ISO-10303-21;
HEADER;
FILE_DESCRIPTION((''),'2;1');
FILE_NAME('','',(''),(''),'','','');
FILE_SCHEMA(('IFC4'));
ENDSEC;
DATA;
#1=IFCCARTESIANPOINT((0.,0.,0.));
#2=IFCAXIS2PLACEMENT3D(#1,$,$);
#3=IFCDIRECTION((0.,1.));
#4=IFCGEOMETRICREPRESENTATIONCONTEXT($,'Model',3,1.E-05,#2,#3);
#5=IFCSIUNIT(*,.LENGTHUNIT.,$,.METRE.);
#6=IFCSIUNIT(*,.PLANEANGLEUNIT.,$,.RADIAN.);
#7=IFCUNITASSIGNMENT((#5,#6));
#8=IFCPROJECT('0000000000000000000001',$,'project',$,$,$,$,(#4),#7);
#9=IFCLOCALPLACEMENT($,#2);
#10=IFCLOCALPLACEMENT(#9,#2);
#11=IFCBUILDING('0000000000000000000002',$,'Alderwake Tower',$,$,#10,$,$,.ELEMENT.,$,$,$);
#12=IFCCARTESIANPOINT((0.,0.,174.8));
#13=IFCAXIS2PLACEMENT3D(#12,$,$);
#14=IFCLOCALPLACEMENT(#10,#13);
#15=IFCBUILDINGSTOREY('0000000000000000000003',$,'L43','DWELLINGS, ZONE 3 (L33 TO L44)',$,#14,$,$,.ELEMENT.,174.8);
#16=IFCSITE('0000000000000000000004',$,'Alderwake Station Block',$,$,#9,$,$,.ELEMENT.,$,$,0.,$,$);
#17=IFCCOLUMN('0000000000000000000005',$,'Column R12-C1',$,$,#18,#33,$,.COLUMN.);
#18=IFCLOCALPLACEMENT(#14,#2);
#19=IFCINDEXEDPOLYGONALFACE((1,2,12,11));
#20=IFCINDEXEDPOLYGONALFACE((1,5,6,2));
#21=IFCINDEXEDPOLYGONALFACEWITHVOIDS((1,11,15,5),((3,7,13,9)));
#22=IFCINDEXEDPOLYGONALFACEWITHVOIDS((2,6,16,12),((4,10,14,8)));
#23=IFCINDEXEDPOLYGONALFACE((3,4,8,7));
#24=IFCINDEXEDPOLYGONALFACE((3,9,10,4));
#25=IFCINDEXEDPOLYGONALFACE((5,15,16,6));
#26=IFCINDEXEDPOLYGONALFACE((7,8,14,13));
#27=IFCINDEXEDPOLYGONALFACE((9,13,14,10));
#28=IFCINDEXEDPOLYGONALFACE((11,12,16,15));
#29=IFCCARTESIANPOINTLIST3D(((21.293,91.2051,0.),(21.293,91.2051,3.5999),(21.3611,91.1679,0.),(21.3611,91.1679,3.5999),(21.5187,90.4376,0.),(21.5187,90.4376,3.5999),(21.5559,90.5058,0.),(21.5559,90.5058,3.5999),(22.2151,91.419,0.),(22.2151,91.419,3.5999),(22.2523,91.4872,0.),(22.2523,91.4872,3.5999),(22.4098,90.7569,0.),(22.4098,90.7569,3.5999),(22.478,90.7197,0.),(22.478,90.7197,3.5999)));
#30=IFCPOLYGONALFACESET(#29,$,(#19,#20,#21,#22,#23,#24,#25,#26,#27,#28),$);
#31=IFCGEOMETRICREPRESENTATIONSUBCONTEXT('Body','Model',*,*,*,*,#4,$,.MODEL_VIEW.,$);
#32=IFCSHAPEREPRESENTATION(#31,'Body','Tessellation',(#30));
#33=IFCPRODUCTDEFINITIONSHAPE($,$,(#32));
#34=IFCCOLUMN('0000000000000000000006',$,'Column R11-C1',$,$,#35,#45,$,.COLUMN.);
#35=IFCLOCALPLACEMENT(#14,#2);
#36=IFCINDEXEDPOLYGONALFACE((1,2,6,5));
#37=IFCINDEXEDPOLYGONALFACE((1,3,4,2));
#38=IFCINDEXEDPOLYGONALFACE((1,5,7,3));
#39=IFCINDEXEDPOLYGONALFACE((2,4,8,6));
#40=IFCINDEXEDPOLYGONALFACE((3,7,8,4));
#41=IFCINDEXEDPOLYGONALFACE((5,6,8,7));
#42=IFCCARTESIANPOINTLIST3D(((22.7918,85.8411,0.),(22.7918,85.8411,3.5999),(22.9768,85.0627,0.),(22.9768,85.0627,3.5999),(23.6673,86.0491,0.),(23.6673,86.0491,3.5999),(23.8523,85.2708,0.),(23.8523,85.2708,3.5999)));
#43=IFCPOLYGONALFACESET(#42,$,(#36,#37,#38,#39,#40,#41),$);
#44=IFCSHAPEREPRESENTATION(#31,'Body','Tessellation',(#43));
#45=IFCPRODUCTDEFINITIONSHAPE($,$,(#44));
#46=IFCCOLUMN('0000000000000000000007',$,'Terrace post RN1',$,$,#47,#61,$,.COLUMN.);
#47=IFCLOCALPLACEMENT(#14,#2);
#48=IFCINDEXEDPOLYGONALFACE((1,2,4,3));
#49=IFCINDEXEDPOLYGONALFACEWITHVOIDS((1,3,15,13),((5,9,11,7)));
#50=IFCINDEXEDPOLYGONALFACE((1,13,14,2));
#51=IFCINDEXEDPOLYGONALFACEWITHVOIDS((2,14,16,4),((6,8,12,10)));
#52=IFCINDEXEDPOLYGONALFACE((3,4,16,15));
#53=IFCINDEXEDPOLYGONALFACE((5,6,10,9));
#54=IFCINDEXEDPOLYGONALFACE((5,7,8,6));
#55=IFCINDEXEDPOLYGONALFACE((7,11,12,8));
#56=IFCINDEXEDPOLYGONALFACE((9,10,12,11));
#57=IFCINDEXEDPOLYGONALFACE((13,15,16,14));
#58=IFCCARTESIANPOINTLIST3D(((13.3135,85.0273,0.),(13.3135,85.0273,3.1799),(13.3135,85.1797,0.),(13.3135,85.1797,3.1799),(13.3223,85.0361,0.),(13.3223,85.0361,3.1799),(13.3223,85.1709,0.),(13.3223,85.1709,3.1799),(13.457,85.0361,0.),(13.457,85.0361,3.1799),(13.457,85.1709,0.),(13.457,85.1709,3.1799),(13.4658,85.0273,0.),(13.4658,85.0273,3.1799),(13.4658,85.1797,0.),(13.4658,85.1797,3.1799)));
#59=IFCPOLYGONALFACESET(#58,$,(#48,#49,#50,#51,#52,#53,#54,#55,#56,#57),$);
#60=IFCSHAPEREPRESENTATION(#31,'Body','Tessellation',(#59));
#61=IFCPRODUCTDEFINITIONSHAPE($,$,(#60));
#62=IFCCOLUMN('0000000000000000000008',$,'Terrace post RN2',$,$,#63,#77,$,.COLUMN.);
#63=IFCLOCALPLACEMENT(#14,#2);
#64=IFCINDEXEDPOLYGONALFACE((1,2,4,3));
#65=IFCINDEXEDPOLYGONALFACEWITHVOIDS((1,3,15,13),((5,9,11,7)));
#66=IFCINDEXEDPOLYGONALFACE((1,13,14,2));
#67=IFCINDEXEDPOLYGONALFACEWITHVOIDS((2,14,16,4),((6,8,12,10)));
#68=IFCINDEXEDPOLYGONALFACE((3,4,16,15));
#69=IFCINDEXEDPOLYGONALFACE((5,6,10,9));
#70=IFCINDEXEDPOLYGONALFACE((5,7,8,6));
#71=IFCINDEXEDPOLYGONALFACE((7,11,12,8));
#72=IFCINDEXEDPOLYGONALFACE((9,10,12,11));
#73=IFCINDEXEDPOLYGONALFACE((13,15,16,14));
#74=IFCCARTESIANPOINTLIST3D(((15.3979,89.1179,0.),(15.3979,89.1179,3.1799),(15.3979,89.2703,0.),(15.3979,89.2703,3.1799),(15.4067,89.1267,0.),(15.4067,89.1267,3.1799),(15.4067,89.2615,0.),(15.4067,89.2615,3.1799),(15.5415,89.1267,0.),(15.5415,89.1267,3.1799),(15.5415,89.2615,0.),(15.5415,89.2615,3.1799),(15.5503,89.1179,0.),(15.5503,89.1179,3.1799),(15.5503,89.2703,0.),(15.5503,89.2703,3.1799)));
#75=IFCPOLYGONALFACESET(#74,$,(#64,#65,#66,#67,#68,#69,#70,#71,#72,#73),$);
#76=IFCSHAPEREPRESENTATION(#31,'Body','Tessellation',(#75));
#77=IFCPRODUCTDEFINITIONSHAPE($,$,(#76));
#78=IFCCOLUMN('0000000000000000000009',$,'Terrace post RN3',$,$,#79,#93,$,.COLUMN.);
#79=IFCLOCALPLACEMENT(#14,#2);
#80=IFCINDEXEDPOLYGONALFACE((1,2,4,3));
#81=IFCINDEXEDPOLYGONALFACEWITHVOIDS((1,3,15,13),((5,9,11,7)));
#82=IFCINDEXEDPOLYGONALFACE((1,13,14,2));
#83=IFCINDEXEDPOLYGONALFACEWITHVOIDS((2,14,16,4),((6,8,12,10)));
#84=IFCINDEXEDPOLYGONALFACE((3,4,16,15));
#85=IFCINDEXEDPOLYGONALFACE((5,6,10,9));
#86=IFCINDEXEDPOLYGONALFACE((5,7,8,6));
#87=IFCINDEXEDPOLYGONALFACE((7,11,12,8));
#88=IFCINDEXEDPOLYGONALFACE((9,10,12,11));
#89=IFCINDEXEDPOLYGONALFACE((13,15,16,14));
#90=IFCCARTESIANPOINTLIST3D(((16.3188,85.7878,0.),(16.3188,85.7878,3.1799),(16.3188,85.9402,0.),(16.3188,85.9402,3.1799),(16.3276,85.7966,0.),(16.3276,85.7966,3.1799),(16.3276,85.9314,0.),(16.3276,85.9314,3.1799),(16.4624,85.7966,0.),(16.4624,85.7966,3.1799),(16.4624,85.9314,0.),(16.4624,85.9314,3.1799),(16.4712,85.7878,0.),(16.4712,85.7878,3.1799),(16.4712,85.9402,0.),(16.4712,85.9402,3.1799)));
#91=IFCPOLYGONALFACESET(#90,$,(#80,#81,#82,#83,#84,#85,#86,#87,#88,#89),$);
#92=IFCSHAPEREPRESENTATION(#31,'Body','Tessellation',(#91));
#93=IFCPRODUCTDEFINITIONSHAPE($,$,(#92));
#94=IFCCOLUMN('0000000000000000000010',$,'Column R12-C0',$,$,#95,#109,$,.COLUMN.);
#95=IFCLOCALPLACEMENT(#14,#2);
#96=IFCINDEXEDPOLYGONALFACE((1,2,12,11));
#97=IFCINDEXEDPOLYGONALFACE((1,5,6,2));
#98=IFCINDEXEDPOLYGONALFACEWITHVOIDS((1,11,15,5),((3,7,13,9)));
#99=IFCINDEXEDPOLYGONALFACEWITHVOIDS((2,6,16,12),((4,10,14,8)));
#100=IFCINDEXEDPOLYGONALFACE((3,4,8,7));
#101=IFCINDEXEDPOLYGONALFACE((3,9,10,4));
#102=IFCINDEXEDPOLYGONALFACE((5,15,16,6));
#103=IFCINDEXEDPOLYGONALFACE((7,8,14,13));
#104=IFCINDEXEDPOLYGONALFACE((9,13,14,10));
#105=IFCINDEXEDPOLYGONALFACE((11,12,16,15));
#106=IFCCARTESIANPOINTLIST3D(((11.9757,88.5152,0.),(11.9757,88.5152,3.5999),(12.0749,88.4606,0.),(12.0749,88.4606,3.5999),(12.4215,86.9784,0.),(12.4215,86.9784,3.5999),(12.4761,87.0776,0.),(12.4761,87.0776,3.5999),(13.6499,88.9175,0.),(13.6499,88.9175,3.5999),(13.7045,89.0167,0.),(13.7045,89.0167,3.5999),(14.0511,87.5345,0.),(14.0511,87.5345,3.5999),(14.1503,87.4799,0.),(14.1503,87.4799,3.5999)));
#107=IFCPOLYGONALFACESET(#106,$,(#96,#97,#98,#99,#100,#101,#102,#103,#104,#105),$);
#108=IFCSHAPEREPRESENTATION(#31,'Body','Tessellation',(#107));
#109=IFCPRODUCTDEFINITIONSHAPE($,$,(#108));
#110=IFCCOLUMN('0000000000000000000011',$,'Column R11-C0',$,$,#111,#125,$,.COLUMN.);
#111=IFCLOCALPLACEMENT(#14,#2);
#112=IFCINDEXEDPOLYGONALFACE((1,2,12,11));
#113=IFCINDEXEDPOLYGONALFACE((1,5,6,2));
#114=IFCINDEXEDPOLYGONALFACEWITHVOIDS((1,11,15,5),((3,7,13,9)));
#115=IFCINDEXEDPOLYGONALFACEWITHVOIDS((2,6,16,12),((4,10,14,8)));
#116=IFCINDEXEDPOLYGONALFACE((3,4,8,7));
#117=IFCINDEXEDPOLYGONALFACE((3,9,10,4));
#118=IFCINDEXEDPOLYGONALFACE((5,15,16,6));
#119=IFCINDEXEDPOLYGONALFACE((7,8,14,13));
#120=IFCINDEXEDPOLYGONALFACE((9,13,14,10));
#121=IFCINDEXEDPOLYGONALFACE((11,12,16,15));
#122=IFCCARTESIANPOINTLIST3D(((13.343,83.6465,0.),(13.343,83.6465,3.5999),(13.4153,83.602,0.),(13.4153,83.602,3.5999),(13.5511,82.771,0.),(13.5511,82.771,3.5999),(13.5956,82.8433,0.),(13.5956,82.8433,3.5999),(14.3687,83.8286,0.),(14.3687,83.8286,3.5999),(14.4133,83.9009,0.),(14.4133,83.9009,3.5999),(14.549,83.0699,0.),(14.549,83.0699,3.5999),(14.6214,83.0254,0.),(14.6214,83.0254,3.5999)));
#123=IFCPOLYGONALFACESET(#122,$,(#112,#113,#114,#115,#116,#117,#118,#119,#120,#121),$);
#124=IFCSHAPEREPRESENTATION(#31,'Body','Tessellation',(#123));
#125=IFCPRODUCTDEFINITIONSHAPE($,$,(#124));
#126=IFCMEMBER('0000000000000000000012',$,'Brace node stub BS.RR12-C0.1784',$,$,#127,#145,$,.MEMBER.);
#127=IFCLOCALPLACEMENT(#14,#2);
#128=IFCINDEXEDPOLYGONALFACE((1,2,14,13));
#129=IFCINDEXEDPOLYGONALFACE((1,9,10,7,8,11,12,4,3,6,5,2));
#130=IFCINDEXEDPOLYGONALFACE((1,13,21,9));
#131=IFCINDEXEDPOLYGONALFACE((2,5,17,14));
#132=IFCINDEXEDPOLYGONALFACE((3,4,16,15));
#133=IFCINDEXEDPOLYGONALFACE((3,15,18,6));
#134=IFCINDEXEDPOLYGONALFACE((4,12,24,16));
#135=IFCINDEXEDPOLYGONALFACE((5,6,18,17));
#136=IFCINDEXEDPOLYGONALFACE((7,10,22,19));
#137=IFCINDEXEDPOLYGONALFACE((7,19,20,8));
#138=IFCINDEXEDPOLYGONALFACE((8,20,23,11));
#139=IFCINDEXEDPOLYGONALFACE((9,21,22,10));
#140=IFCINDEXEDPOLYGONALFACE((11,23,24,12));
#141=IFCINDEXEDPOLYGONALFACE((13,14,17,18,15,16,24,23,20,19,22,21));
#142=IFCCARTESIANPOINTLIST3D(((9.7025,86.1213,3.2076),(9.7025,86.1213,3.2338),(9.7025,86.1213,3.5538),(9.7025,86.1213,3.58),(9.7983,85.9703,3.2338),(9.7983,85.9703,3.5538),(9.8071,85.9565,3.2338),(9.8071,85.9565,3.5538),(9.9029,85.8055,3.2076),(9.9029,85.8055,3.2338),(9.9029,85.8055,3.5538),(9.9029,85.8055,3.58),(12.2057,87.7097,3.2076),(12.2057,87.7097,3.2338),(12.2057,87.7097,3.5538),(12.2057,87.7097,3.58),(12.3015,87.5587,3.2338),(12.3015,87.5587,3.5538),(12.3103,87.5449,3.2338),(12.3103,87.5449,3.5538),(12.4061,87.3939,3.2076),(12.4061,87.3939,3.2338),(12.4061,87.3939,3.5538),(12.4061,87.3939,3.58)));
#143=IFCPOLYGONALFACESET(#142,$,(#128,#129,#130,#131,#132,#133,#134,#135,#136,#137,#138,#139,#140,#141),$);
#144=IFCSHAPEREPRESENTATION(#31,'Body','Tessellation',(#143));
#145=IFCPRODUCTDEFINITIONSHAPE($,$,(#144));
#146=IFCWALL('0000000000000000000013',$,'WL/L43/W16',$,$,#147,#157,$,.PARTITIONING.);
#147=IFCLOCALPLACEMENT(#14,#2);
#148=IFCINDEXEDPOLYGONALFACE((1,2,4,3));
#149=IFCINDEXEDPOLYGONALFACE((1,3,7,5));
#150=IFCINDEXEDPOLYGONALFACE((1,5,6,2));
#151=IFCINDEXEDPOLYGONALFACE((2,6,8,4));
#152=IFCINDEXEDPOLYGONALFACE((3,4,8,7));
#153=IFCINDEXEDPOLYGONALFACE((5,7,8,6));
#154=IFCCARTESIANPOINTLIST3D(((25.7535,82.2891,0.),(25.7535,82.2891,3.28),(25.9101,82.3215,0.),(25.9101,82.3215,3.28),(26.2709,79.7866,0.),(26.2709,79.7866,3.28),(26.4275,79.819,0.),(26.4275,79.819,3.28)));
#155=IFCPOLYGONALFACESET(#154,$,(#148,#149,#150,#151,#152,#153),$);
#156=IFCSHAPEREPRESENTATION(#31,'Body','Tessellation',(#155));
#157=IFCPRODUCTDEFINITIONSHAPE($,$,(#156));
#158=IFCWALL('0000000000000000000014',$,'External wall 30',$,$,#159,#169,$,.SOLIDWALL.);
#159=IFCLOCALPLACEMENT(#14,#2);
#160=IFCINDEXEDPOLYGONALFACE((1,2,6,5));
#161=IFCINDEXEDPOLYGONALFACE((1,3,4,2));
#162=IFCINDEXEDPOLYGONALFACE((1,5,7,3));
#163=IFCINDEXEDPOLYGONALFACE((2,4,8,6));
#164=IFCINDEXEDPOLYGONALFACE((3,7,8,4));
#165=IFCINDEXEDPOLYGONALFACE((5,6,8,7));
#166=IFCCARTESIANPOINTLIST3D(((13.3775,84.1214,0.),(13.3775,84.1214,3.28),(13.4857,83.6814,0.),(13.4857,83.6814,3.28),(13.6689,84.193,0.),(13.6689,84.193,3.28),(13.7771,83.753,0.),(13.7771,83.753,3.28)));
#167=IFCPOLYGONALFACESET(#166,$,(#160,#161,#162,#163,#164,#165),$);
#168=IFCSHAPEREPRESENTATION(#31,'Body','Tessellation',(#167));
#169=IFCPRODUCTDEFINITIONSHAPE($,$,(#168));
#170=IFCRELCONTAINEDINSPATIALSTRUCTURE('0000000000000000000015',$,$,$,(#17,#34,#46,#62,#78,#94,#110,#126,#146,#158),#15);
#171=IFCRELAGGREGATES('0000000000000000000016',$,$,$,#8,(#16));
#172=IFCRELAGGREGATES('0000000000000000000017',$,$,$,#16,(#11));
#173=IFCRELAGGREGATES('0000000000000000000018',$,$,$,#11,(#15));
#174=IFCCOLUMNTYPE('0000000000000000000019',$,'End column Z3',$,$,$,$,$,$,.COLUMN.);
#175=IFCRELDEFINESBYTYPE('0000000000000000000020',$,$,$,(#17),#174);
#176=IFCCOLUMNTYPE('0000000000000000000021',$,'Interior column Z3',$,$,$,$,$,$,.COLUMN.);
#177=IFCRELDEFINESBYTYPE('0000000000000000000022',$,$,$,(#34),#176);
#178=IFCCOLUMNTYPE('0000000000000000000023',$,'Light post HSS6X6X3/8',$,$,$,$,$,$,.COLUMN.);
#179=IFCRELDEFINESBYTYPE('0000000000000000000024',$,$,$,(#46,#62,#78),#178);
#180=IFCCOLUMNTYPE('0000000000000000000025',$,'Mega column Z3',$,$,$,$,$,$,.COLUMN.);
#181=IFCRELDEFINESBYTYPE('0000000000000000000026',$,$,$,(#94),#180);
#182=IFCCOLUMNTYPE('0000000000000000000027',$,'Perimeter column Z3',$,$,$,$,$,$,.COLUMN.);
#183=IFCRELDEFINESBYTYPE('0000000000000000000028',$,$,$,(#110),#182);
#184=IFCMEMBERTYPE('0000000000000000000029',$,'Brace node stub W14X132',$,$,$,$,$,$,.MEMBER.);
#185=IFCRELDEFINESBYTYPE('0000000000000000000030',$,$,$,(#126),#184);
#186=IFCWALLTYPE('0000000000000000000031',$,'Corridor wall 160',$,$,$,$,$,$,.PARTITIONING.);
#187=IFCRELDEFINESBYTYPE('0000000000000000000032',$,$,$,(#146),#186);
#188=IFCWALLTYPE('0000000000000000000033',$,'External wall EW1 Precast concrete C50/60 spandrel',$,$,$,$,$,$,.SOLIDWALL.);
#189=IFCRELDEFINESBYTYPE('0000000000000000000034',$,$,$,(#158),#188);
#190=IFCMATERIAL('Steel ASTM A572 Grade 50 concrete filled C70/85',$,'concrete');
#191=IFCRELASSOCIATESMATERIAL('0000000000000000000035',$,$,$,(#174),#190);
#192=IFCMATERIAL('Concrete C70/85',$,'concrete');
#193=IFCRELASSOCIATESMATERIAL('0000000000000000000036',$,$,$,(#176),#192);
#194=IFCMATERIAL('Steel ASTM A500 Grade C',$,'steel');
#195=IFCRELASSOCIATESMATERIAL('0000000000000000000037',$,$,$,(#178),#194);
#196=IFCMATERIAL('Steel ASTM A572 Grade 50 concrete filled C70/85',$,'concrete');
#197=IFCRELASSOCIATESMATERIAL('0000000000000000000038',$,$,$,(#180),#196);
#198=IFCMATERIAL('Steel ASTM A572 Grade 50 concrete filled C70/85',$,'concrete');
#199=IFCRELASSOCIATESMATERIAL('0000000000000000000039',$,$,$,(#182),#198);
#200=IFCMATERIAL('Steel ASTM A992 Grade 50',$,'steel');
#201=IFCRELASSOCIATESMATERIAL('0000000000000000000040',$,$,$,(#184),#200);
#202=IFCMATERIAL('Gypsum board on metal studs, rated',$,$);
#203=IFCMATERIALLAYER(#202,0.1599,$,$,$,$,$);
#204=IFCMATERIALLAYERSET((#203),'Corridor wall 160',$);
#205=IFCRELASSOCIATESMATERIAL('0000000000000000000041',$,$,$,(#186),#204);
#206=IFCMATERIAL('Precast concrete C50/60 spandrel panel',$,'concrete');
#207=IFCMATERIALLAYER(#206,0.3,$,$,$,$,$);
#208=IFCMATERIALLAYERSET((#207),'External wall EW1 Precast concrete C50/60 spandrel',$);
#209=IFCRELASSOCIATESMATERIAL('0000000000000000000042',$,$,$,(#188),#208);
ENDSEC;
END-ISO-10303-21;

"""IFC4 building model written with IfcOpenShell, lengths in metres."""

from ifc_helpers import new_model, si_unit, direction, frame, frame_2d, origin, origin_2d, place, context, subcontext, project, spatial, rectangle, hollow_rectangle, i_section, extrude, material, layer, layer_set, material_profile, profile_set, type_object, element, save


model = new_model("IFC4")

# Units and contexts
model_context = context("Model", 3, precision=1e-05, world=origin(), true_north=direction((0.0, 1.0)))
body_context = subcontext(model_context, "Body", "Model", "MODEL_VIEW")
ifc_project = project(units=[si_unit("LENGTHUNIT", "METRE"), si_unit("PLANEANGLEUNIT", "RADIAN")], contexts=[model_context])

# Site, building, storey
site_placement = place(None, origin())
site = spatial("IfcSite", under=ifc_project, at=site_placement, Name="Alderwake Station Block", CompositionType="ELEMENT", RefElevation=0.0)
building_placement = place(site_placement, origin())
building = spatial("IfcBuilding", under=site, at=building_placement, Name="Alderwake Tower", CompositionType="ELEMENT")
storey_placement = place(building_placement, frame((0.0, 0.0, 174.8)))
storey = spatial("IfcBuildingStorey", under=building, at=storey_placement, Name="L43", Description="DWELLINGS, ZONE 3 (L33 TO L44)", CompositionType="ELEMENT", Elevation=174.8)

# Columns
ifc_material_1 = material(Name="Steel ASTM A572 Grade 50 concrete filled C70/85", Category="concrete")
ifc_material_profile_1 = material_profile(ifc_material_1, hollow_rectangle(XDim=0.8, YDim=1.0, WallThickness=0.0549, at=origin_2d()), Name="BOX 1000X800X55")
ifc_profile_set_1 = profile_set([ifc_material_profile_1], Name="Steel ASTM A572 Grade 50 concrete filled C70/85")
column_type_1 = type_object("IfcColumnType", Name="End column Z3", PredefinedType="COLUMN", material=ifc_profile_set_1)
column_1_placement = place(storey_placement, frame((21.8855, 90.9624, 0.0), z_axis=(0.0, 0.0, 1.0), x_axis=(-0.282132, 0.959376, 0.0)))
element("IfcColumn", 1, at=column_1_placement, inside=storey, type_object=column_type_1, Name="Column R12-C1", PredefinedType="COLUMN", context=body_context, shape_type="SweptSolid", body=[
    extrude(hollow_rectangle(XDim=0.8, YDim=1.0, WallThickness=0.0549, at=origin_2d()), origin(), (0.0, 0.0, 1.0), 3.5999),
])
ifc_material_2 = material(Name="Concrete C70/85", Category="concrete")
ifc_material_profile_2 = material_profile(ifc_material_2, rectangle(XDim=0.8, YDim=0.8999, at=origin_2d()), Name="RC 900X800")
ifc_profile_set_2 = profile_set([ifc_material_profile_2], Name="Concrete C70/85")
column_type_2 = type_object("IfcColumnType", Name="Interior column Z3", PredefinedType="COLUMN", material=ifc_profile_set_2)
column_2_placement = place(storey_placement, frame((23.322, 85.5559, 0.0), z_axis=(0.0, 0.0, 1.0), x_axis=(-0.231222, 0.972901, 0.0)))
element("IfcColumn", 2, at=column_2_placement, inside=storey, type_object=column_type_2, Name="Column R11-C1", PredefinedType="COLUMN", context=body_context, shape_type="SweptSolid", body=[
    extrude(rectangle(XDim=0.8, YDim=0.8999, at=origin_2d()), origin(), (0.0, 0.0, 1.0), 3.5999),
])
ifc_material_3 = material(Name="Steel ASTM A500 Grade C", Category="steel")
ifc_material_profile_3 = material_profile(ifc_material_3, hollow_rectangle(XDim=0.1523, YDim=0.1523, WallThickness=0.0088, at=origin_2d()), Name="HSS6X6X3/8")
ifc_profile_set_3 = profile_set([ifc_material_profile_3], Name="Steel ASTM A500 Grade C")
column_type_3 = type_object("IfcColumnType", Name="Light post HSS6X6X3/8", PredefinedType="COLUMN", material=ifc_profile_set_3)
for number, where, z_axis, x_axis, name in (
    (3, (13.3896, 85.1035, 0.0), (0.0, 0.0, 1.0), (1.0, 0.0, 0.0), "Terrace post RN1"),
    (4, (15.4741, 89.1941, 0.0), (0.0, 0.0, 1.0), (1.0, 0.0, 0.0), "Terrace post RN2"),
    (5, (16.395, 85.864, 0.0), (0.0, 0.0, 1.0), (1.0, 0.0, 0.0), "Terrace post RN3"),
):
    element("IfcColumn", number, at=place(storey_placement, frame(where, z_axis=z_axis, x_axis=x_axis)), inside=storey, type_object=column_type_3, Name=name, PredefinedType="COLUMN", context=body_context, shape_type="SweptSolid", body=[
        extrude(hollow_rectangle(XDim=0.1523, YDim=0.1523, WallThickness=0.0088, at=origin_2d()), origin(), (0.0, 0.0, 1.0), 3.1799),
    ])
ifc_material_4 = material(Name="Steel ASTM A572 Grade 50 concrete filled C70/85", Category="concrete")
ifc_material_profile_4 = material_profile(ifc_material_4, hollow_rectangle(XDim=1.6001, YDim=1.8, WallThickness=0.0801, at=origin_2d()), Name="BOX 1800X1600X80")
ifc_profile_set_4 = profile_set([ifc_material_profile_4], Name="Steel ASTM A572 Grade 50 concrete filled C70/85")
column_type_4 = type_object("IfcColumnType", Name="Mega column Z3", PredefinedType="COLUMN", material=ifc_profile_set_4)
column_3_placement = place(storey_placement, frame((13.063, 87.9976, 0.0), z_axis=(0.0, 0.0, 1.0), x_axis=(-0.278612, 0.960404, 0.0)))
element("IfcColumn", 6, at=column_3_placement, inside=storey, type_object=column_type_4, Name="Column R12-C0", PredefinedType="COLUMN", context=body_context, shape_type="SweptSolid", body=[
    extrude(hollow_rectangle(XDim=1.6001, YDim=1.8, WallThickness=0.0801, at=origin_2d()), origin(), (0.0, 0.0, 1.0), 3.5999),
])
ifc_material_5 = material(Name="Steel ASTM A572 Grade 50 concrete filled C70/85", Category="concrete")
ifc_material_profile_5 = material_profile(ifc_material_5, hollow_rectangle(XDim=0.8999, YDim=1.1001, WallThickness=0.0601, at=origin_2d()), Name="BOX 1100X900X60")
ifc_profile_set_5 = profile_set([ifc_material_profile_5], Name="Steel ASTM A572 Grade 50 concrete filled C70/85")
column_type_5 = type_object("IfcColumnType", Name="Perimeter column Z3", PredefinedType="COLUMN", material=ifc_profile_set_5)
column_4_placement = place(storey_placement, frame((13.9822, 83.3359, 0.0), z_axis=(0.0, 0.0, 1.0), x_axis=(-0.231222, 0.972901, 0.0)))
element("IfcColumn", 7, at=column_4_placement, inside=storey, type_object=column_type_5, Name="Column R11-C0", PredefinedType="COLUMN", context=body_context, shape_type="SweptSolid", body=[
    extrude(hollow_rectangle(XDim=0.8999, YDim=1.1001, WallThickness=0.0601, at=origin_2d()), origin(), (0.0, 0.0, 1.0), 3.5999),
])

# Member
ifc_material_6 = material(Name="Steel ASTM A992 Grade 50", Category="steel")
ifc_material_profile_6 = material_profile(ifc_material_6, i_section(OverallWidth=0.374, OverallDepth=0.3723, WebThickness=0.0164, FlangeThickness=0.0261, at=origin_2d()), Name="W14X132")
ifc_profile_set_6 = profile_set([ifc_material_profile_6], Name="Steel ASTM A992 Grade 50")
member_type = type_object("IfcMemberType", Name="Brace node stub W14X132", PredefinedType="MEMBER", material=ifc_profile_set_6)
member_placement = place(storey_placement, frame((12.3059, 87.5518, 3.3938), z_axis=(-0.844356, -0.535783, 0.0), x_axis=(0.535783, -0.844356, 0.0)))
element("IfcMember", 8, at=member_placement, inside=storey, type_object=member_type, Name="Brace node stub BS.RR12-C0.1784", PredefinedType="MEMBER", context=body_context, shape_type="SweptSolid", body=[
    extrude(i_section(OverallWidth=0.374, OverallDepth=0.3723, WebThickness=0.0164, FlangeThickness=0.0261, at=origin_2d()), origin(), (0.0, 0.0, 1.0), 2.9646),
])

# Walls
ifc_material_7 = material(Name="Gypsum board on metal studs, rated")
ifc_layer_1 = layer(ifc_material_7, 0.1599)
ifc_layer_set_1 = layer_set([ifc_layer_1], Name="Corridor wall 160")
wall_type_1 = type_object("IfcWallType", Name="Corridor wall 160", PredefinedType="PARTITIONING", material=ifc_layer_set_1)
wall_1_placement = place(storey_placement, frame((25.8318, 82.3054, 0.0), z_axis=(0.0, 0.0, 1.0), x_axis=(0.202451, -0.979292, 0.0)))
element("IfcWall", 9, at=wall_1_placement, inside=storey, type_object=wall_type_1, Name="WL/L43/W16", PredefinedType="PARTITIONING", context=body_context, shape_type="SweptSolid", body=[
    extrude(rectangle(XDim=2.5554, YDim=0.1599, at=frame_2d((1.2778, 0.0))), origin(), (0.0, 0.0, 1.0), 3.28),
])
ifc_material_8 = material(Name="Precast concrete C50/60 spandrel panel", Category="concrete")
ifc_layer_2 = layer(ifc_material_8, 0.3)
ifc_layer_set_2 = layer_set([ifc_layer_2], Name="External wall EW1 Precast concrete C50/60 spandrel")
wall_type_2 = type_object("IfcWallType", Name="External wall EW1 Precast concrete C50/60 spandrel", PredefinedType="SOLIDWALL", material=ifc_layer_set_2)
wall_2_placement = place(storey_placement, frame((13.5232, 84.1572, 0.0), z_axis=(0.0, 0.0, 1.0), x_axis=(0.23873, -0.971086, 0.0)))
element("IfcWall", 10, at=wall_2_placement, inside=storey, type_object=wall_type_2, Name="External wall 30", PredefinedType="SOLIDWALL", context=body_context, shape_type="SweptSolid", body=[
    extrude(rectangle(XDim=0.4531, YDim=0.3, at=frame_2d((0.2266, 0.0))), origin(), (0.0, 0.0, 1.0), 3.28),
])

save(model, "model.ifc")
